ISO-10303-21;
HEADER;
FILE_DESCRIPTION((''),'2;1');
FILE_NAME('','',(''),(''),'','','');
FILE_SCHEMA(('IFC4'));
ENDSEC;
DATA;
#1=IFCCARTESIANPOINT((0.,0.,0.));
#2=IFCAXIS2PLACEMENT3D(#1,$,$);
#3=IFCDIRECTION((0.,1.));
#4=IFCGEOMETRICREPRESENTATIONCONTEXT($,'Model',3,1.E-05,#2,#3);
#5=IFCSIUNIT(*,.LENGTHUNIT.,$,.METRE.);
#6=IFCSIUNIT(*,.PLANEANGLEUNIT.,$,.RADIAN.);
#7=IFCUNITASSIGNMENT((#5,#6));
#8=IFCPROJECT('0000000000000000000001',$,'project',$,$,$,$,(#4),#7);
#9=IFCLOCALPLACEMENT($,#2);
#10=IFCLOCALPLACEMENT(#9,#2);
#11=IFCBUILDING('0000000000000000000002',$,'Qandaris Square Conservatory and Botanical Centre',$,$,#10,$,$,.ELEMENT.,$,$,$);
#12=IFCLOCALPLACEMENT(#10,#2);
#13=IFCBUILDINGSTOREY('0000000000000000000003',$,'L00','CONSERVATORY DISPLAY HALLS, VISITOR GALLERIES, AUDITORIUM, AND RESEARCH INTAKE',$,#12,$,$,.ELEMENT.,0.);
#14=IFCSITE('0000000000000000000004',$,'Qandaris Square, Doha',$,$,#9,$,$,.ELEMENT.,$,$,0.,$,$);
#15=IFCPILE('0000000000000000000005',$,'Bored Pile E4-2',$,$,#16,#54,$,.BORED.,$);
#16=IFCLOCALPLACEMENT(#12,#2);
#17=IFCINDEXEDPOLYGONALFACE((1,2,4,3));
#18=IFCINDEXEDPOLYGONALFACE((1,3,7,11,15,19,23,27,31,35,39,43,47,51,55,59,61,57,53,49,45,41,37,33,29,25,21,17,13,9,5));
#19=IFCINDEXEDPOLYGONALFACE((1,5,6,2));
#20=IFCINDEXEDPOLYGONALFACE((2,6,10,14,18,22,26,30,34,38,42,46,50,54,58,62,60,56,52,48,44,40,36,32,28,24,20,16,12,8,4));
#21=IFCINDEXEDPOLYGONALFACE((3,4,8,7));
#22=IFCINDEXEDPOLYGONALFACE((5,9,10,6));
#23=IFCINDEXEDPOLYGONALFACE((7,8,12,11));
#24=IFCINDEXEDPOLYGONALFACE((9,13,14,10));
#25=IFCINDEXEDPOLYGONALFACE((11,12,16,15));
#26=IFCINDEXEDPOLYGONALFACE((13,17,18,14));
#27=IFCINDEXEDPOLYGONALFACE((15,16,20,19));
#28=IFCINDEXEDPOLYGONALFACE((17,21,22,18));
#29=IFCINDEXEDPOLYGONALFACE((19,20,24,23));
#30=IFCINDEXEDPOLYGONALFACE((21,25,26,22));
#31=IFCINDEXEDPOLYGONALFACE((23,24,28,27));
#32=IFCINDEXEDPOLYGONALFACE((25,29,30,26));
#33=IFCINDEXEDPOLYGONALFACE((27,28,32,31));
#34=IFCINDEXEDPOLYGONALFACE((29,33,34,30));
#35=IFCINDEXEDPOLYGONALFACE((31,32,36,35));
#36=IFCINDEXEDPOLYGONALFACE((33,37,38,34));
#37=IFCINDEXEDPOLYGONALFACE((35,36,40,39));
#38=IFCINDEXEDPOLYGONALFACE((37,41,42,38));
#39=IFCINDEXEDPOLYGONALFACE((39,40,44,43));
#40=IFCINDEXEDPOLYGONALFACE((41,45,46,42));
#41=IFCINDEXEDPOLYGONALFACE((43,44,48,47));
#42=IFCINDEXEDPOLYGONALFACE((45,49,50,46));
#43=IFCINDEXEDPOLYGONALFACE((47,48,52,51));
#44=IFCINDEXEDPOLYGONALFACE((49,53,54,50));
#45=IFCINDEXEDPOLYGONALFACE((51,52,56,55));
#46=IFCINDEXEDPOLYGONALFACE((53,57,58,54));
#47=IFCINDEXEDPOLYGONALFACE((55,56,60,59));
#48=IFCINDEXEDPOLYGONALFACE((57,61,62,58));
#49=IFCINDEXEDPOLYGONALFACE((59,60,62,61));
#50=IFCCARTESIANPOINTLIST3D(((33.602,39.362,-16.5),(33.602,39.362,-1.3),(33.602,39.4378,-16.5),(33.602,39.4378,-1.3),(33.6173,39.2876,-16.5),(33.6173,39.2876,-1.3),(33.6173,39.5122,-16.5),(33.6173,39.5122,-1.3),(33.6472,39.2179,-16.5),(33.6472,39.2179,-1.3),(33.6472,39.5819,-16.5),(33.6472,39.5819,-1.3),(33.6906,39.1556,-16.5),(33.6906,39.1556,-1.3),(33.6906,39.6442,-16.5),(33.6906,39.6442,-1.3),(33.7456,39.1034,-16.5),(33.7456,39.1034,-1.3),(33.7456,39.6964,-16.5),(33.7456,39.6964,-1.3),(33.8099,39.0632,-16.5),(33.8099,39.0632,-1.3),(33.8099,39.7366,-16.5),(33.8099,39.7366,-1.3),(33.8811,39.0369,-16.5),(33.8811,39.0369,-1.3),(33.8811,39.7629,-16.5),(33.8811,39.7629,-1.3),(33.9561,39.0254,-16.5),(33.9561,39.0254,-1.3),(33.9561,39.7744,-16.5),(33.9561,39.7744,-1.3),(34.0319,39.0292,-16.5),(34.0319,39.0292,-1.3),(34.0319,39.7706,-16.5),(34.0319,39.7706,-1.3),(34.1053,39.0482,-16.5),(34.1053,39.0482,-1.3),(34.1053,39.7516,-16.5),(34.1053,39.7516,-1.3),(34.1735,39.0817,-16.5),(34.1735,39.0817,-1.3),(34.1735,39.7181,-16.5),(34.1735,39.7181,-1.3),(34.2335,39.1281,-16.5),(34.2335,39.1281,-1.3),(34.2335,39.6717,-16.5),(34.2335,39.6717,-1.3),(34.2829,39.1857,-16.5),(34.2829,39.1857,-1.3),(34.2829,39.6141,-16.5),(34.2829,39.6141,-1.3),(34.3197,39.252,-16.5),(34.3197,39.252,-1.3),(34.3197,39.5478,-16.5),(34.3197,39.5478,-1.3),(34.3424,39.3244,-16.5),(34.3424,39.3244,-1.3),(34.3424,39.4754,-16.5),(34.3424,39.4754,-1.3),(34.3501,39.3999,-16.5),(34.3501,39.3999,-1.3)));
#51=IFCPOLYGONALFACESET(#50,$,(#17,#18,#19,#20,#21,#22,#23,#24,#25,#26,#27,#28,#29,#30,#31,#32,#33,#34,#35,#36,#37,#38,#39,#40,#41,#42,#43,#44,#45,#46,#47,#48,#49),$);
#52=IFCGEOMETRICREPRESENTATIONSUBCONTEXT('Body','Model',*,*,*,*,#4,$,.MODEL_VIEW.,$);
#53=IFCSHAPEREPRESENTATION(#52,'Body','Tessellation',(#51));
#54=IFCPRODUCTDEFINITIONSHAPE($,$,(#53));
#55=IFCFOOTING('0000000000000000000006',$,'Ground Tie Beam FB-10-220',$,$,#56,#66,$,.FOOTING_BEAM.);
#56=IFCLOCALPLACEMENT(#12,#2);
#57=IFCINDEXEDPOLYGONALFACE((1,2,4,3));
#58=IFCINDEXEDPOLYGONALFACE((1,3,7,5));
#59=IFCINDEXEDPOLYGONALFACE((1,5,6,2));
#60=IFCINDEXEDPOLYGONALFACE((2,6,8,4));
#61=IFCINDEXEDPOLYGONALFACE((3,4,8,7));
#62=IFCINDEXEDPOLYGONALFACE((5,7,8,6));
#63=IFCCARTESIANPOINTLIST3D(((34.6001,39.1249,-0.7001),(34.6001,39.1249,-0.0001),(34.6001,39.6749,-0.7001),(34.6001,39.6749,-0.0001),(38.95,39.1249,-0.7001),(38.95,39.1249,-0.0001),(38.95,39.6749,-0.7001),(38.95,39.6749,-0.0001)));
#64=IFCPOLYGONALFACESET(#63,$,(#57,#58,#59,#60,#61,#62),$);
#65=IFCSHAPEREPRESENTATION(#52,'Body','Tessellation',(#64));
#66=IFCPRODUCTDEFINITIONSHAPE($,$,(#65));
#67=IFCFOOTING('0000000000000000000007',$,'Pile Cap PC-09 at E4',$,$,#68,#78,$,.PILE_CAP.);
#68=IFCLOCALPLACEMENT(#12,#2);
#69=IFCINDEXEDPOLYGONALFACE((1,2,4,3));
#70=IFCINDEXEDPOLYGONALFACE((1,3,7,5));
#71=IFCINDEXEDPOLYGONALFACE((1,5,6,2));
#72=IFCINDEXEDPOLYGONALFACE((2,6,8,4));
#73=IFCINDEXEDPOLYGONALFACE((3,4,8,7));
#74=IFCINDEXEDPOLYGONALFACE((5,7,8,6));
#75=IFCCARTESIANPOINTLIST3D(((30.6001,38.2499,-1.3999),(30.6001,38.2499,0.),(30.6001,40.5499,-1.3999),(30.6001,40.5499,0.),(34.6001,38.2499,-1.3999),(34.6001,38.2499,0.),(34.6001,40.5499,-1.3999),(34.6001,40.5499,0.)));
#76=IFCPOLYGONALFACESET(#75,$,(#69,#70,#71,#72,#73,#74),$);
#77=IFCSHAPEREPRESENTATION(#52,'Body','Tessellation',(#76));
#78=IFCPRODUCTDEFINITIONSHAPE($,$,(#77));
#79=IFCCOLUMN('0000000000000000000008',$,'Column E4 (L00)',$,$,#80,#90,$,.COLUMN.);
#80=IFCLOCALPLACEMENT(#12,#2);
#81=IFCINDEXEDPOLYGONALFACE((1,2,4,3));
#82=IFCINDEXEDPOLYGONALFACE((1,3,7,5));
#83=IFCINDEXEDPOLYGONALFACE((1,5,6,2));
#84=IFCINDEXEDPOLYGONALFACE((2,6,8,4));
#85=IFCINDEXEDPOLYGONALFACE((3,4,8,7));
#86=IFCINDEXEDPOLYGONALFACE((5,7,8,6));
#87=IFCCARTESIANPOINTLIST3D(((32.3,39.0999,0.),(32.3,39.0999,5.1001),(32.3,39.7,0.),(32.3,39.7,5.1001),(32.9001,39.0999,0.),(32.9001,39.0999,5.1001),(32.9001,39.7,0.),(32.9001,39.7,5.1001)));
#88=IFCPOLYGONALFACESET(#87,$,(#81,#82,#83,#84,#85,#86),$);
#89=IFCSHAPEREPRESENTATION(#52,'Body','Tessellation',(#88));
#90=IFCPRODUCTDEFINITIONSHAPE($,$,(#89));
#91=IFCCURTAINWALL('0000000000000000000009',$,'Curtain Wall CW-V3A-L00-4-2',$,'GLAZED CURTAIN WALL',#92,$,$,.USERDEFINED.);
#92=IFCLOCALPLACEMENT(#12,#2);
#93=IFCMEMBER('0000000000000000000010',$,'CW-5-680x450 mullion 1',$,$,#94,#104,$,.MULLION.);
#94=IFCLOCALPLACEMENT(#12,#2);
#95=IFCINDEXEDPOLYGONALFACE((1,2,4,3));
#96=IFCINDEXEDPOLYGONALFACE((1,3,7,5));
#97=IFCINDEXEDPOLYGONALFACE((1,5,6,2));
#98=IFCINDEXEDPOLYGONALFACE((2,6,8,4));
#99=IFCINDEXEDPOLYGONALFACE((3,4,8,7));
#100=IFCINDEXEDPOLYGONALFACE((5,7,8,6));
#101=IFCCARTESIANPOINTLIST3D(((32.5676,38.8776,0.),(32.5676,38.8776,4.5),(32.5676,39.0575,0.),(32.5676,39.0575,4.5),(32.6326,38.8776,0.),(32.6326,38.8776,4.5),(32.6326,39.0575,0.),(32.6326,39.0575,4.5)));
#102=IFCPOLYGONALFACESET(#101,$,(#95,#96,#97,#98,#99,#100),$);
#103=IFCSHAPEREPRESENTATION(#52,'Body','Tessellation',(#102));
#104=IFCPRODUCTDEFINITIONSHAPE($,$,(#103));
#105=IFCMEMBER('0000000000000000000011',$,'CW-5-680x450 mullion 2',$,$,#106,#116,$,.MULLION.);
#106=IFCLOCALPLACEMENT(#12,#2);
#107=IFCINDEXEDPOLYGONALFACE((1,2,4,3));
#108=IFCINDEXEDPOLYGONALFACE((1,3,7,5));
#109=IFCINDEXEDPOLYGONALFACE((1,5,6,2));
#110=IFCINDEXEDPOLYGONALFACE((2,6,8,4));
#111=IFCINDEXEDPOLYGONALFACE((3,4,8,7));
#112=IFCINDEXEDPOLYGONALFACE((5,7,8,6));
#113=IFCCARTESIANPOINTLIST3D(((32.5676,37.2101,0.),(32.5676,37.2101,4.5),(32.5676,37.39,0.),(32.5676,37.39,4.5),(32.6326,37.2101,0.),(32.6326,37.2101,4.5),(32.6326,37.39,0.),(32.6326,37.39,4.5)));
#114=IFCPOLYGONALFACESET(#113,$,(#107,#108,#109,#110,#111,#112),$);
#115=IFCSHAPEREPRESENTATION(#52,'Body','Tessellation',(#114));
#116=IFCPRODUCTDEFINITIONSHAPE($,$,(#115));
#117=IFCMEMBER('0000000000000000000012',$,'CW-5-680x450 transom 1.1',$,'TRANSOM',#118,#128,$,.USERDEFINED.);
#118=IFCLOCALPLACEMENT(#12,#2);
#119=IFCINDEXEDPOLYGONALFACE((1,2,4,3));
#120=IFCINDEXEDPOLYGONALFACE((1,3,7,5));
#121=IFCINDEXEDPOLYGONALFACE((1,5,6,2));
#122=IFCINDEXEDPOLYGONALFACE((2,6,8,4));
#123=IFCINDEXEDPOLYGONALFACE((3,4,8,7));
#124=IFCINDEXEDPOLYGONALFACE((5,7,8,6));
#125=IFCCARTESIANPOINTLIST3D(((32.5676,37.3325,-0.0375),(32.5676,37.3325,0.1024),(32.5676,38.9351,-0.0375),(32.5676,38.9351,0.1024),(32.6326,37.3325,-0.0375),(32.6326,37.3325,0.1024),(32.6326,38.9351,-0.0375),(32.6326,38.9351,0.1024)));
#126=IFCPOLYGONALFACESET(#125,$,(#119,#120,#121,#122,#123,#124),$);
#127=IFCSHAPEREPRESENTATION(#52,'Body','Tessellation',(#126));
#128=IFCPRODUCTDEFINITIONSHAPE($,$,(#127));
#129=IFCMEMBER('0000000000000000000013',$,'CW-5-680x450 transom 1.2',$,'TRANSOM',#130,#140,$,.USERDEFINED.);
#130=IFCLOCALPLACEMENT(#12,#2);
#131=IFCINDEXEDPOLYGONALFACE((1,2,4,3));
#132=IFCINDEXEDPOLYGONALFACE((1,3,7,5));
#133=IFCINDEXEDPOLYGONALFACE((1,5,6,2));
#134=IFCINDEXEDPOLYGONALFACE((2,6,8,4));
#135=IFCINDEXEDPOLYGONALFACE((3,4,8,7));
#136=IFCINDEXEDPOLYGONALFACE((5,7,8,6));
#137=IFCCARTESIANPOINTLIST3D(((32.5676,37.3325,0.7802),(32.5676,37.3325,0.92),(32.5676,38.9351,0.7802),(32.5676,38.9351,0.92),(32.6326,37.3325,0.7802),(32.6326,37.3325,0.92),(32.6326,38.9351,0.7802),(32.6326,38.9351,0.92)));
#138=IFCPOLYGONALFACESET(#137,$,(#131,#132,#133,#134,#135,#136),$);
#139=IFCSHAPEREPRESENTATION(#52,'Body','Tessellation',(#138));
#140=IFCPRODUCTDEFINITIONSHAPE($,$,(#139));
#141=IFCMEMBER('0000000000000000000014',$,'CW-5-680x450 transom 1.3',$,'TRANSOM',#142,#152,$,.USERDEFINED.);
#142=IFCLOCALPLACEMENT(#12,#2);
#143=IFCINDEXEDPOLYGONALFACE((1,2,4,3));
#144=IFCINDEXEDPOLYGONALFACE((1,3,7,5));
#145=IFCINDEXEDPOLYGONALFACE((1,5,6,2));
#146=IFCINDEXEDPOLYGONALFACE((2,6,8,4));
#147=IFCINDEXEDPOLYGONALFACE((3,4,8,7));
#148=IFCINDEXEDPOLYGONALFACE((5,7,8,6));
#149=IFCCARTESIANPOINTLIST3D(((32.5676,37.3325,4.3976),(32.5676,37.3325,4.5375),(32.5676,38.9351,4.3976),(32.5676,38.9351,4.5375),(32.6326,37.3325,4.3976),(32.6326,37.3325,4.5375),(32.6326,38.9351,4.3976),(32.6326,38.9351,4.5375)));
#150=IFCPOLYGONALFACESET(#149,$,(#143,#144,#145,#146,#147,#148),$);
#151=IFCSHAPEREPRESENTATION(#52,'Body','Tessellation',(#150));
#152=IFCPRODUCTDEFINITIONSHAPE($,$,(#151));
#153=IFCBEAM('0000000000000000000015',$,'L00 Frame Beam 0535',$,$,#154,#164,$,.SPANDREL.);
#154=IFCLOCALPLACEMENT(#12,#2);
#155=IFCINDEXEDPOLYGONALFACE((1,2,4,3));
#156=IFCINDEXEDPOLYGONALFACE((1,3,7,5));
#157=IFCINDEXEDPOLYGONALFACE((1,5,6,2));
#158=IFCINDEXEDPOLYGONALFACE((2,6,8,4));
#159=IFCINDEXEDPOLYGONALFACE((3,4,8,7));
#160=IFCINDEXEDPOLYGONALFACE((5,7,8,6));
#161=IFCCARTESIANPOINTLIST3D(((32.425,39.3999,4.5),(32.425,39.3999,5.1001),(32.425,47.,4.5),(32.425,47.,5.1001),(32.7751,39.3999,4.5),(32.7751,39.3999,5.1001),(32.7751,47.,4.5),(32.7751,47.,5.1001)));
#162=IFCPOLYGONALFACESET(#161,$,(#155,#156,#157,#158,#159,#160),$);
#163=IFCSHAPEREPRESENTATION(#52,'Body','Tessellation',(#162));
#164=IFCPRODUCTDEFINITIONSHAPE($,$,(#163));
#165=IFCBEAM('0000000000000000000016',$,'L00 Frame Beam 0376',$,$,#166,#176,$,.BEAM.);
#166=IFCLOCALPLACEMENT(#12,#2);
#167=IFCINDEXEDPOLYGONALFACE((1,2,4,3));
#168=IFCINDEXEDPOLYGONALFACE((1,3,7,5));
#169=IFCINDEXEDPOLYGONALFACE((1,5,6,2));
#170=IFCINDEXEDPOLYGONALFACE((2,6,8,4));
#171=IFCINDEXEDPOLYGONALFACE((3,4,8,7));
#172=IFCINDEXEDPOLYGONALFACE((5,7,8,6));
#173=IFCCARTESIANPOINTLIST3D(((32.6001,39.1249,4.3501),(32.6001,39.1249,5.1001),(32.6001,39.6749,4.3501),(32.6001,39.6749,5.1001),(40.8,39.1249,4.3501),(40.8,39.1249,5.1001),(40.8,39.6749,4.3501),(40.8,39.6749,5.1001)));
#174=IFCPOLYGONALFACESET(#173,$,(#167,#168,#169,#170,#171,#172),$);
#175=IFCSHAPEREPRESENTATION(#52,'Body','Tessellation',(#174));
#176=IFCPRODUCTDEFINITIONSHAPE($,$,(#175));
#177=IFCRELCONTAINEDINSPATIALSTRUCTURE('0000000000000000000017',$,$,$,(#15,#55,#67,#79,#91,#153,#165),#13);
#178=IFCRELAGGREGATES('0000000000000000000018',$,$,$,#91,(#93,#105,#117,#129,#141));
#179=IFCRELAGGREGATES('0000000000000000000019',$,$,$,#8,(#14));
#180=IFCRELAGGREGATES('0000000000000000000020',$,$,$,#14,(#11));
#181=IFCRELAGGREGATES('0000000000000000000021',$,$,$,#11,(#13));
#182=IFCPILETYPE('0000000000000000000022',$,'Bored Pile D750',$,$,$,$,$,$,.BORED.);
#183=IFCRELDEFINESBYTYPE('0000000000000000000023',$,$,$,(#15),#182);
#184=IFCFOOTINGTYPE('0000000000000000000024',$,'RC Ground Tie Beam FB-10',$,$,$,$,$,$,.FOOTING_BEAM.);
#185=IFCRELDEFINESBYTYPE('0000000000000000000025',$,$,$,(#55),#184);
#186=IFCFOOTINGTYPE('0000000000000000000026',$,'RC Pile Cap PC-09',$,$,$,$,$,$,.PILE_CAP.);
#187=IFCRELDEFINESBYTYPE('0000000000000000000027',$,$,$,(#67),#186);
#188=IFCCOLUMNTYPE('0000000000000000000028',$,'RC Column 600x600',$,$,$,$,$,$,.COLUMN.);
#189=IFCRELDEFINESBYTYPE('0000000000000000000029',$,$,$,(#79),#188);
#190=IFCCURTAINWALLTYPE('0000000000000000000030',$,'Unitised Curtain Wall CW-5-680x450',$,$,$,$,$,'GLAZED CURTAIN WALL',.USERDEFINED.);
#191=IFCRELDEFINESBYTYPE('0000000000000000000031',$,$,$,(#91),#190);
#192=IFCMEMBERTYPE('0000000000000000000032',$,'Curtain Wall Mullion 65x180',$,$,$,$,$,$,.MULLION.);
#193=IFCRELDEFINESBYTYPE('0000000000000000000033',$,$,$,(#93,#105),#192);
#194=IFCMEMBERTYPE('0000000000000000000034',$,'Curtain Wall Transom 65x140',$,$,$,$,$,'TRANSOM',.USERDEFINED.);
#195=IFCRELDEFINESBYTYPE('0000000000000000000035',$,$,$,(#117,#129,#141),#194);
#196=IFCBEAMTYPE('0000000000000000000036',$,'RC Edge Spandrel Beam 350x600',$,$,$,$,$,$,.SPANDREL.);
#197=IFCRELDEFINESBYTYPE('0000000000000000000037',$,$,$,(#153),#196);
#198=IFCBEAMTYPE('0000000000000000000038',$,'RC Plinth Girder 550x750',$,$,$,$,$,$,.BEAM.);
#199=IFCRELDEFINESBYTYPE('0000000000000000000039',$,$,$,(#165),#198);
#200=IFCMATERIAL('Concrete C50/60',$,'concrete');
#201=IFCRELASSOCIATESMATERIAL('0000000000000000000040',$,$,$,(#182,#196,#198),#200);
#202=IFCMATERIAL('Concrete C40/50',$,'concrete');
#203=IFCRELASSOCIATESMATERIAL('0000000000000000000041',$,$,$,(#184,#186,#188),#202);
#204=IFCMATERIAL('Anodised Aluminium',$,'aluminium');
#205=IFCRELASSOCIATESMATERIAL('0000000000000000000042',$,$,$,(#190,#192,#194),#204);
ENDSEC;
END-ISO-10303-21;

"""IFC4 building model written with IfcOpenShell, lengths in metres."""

from ifc_helpers import new_model, si_unit, direction, frame, origin, origin_2d, place, context, subcontext, project, spatial, rectangle, circle, extrude, material, material_profile, profile_set, type_object, element, aggregate, save


model = new_model("IFC4")

# Units and contexts
model_context = context("Model", 3, precision=1e-05, world=origin(), true_north=direction((0.0, 1.0)))
body_context = subcontext(model_context, "Body", "Model", "MODEL_VIEW")
ifc_project = project(units=[si_unit("LENGTHUNIT", "METRE"), si_unit("PLANEANGLEUNIT", "RADIAN")], contexts=[model_context])

# Site, building, storey
site_placement = place(None, origin())
site = spatial("IfcSite", under=ifc_project, at=site_placement, Name="Qandaris Square, Doha", CompositionType="ELEMENT", RefElevation=0.0)
building_placement = place(site_placement, origin())
building = spatial("IfcBuilding", under=site, at=building_placement, Name="Qandaris Square Conservatory and Botanical Centre", CompositionType="ELEMENT")
storey_placement = place(building_placement, origin())
storey = spatial("IfcBuildingStorey", under=building, at=storey_placement, Name="L00", Description="CONSERVATORY DISPLAY HALLS, VISITOR GALLERIES, AUDITORIUM, AND RESEARCH INTAKE", CompositionType="ELEMENT", Elevation=0.0)

# Pile
ifc_material_1 = material(Name="Concrete C50/60", Category="concrete")
ifc_material_profile_1 = material_profile(ifc_material_1, circle(Radius=0.375, at=origin_2d()), Name="PILE D750")
ifc_profile_set_1 = profile_set([ifc_material_profile_1], Name="Concrete C50/60")
pile_type = type_object("IfcPileType", Name="Bored Pile D750", PredefinedType="BORED", material=ifc_profile_set_1)
pile_placement = place(storey_placement, frame((33.9751, 39.3999, -1.3), z_axis=(0.0, 0.0, -1.0), x_axis=(1.0, 0.0, 0.0)))
element("IfcPile", 1, at=pile_placement, inside=storey, type_object=pile_type, Name="Bored Pile E4-2", PredefinedType="BORED", context=body_context, shape_type="SweptSolid", body=[
    extrude(circle(Radius=0.375, at=origin_2d()), origin(), (0.0, 0.0, 1.0), 15.2),
])

# Footings
ifc_material_2 = material(Name="Concrete C40/50", Category="concrete")
ifc_material_profile_2 = material_profile(ifc_material_2, rectangle(XDim=0.55, YDim=0.7, at=origin_2d()), Name="FB 550x700")
ifc_profile_set_2 = profile_set([ifc_material_profile_2], Name="Concrete C40/50")
footing_type_1 = type_object("IfcFootingType", Name="RC Ground Tie Beam FB-10", PredefinedType="FOOTING_BEAM", material=ifc_profile_set_2)
footing_1_placement = place(storey_placement, frame((34.6001, 39.3999, -0.3501), z_axis=(1.0, 0.0, 0.0), x_axis=(0.0, 1.0, 0.0)))
element("IfcFooting", 2, at=footing_1_placement, inside=storey, type_object=footing_type_1, Name="Ground Tie Beam FB-10-220", PredefinedType="FOOTING_BEAM", context=body_context, shape_type="SweptSolid", body=[
    extrude(rectangle(XDim=0.55, YDim=0.7, at=origin_2d()), origin(), (0.0, 0.0, 1.0), 4.3499),
])
footing_type_2 = type_object("IfcFootingType", Name="RC Pile Cap PC-09", PredefinedType="PILE_CAP", material=ifc_material_2)
footing_2_placement = place(storey_placement, frame((32.6001, 39.3999, -1.3999), z_axis=(0.0, 0.0, 1.0), x_axis=(1.0, 0.0, 0.0)))
element("IfcFooting", 3, at=footing_2_placement, inside=storey, type_object=footing_type_2, Name="Pile Cap PC-09 at E4", PredefinedType="PILE_CAP", context=body_context, shape_type="SweptSolid", body=[
    extrude(rectangle(XDim=4.0, YDim=2.3, at=origin_2d()), origin(), (0.0, 0.0, 1.0), 1.3999),
])

# Column
ifc_material_profile_3 = material_profile(ifc_material_2, rectangle(XDim=0.6001, YDim=0.6001, at=origin_2d()), Name="RC-COL 600x600")
ifc_profile_set_3 = profile_set([ifc_material_profile_3], Name="Concrete C40/50")
column_type = type_object("IfcColumnType", Name="RC Column 600x600", PredefinedType="COLUMN", material=ifc_profile_set_3)
column_placement = place(storey_placement, frame((32.6001, 39.3999, 0.0), z_axis=(0.0, 0.0, 1.0), x_axis=(1.0, 0.0, 0.0)))
element("IfcColumn", 4, at=column_placement, inside=storey, type_object=column_type, Name="Column E4 (L00)", PredefinedType="COLUMN", context=body_context, shape_type="SweptSolid", body=[
    extrude(rectangle(XDim=0.6001, YDim=0.6001, at=origin_2d()), origin(), (0.0, 0.0, 1.0), 5.1001),
])

# Curtain wall, members
ifc_material_3 = material(Name="Anodised Aluminium", Category="aluminium")
curtain_wall_type = type_object("IfcCurtainWallType", Name="Unitised Curtain Wall CW-5-680x450", ElementType="GLAZED CURTAIN WALL", PredefinedType="USERDEFINED", material=ifc_material_3)
curtain_wall_placement = place(storey_placement, origin())
curtain_wall = element("IfcCurtainWall", 5, at=curtain_wall_placement, inside=storey, type_object=curtain_wall_type, Name="Curtain Wall CW-V3A-L00-4-2", ObjectType="GLAZED CURTAIN WALL", PredefinedType="USERDEFINED")
ifc_material_profile_4 = material_profile(ifc_material_3, rectangle(XDim=0.0649, YDim=0.1799, at=origin_2d()), Name="ALU-MUL 65x180")
ifc_profile_set_4 = profile_set([ifc_material_profile_4], Name="Anodised Aluminium")
member_type_1 = type_object("IfcMemberType", Name="Curtain Wall Mullion 65x180", PredefinedType="MULLION", material=ifc_profile_set_4)
member_1_placement = place(storey_placement, frame((32.6001, 38.9675, 0.0), z_axis=(0.0, 0.0, 1.0), x_axis=(1.0, 0.0, 0.0)))
member_1 = element("IfcMember", 6, at=member_1_placement, type_object=member_type_1, Name="CW-5-680x450 mullion 1", PredefinedType="MULLION", context=body_context, shape_type="SweptSolid", body=[
    extrude(rectangle(XDim=0.0649, YDim=0.1799, at=origin_2d()), origin(), (0.0, 0.0, 1.0), 4.5),
])
member_2_placement = place(storey_placement, frame((32.6001, 37.3, 0.0), z_axis=(0.0, 0.0, 1.0), x_axis=(1.0, 0.0, 0.0)))
member_2 = element("IfcMember", 7, at=member_2_placement, type_object=member_type_1, Name="CW-5-680x450 mullion 2", PredefinedType="MULLION", context=body_context, shape_type="SweptSolid", body=[
    extrude(rectangle(XDim=0.0649, YDim=0.1799, at=origin_2d()), origin(), (0.0, 0.0, 1.0), 4.5),
])
ifc_material_profile_5 = material_profile(ifc_material_3, rectangle(XDim=0.0649, YDim=0.1399, at=origin_2d()), Name="ALU-TRN 65x140")
ifc_profile_set_5 = profile_set([ifc_material_profile_5], Name="Anodised Aluminium")
member_type_2 = type_object("IfcMemberType", Name="Curtain Wall Transom 65x140", ElementType="TRANSOM", PredefinedType="USERDEFINED", material=ifc_profile_set_5)
member_3_placement = place(storey_placement, frame((32.6001, 38.9351, 0.0325), z_axis=(0.0, -1.0, 0.0), x_axis=(1.0, 0.0, 0.0)))
member_3 = element("IfcMember", 8, at=member_3_placement, type_object=member_type_2, Name="CW-5-680x450 transom 1.1", ObjectType="TRANSOM", PredefinedType="USERDEFINED", context=body_context, shape_type="SweptSolid", body=[
    extrude(rectangle(XDim=0.0649, YDim=0.1399, at=origin_2d()), origin(), (0.0, 0.0, 1.0), 1.6025),
])
member_4_placement = place(storey_placement, frame((32.6001, 38.9351, 0.8501), z_axis=(0.0, -1.0, 0.0), x_axis=(1.0, 0.0, 0.0)))
member_4 = element("IfcMember", 9, at=member_4_placement, type_object=member_type_2, Name="CW-5-680x450 transom 1.2", ObjectType="TRANSOM", PredefinedType="USERDEFINED", context=body_context, shape_type="SweptSolid", body=[
    extrude(rectangle(XDim=0.0649, YDim=0.1399, at=origin_2d()), origin(), (0.0, 0.0, 1.0), 1.6025),
])
member_5_placement = place(storey_placement, frame((32.6001, 38.9351, 4.4675), z_axis=(0.0, -1.0, 0.0), x_axis=(1.0, 0.0, 0.0)))
member_5 = element("IfcMember", 10, at=member_5_placement, type_object=member_type_2, Name="CW-5-680x450 transom 1.3", ObjectType="TRANSOM", PredefinedType="USERDEFINED", context=body_context, shape_type="SweptSolid", body=[
    extrude(rectangle(XDim=0.0649, YDim=0.1399, at=origin_2d()), origin(), (0.0, 0.0, 1.0), 1.6025),
])

# Beams
ifc_material_profile_6 = material_profile(ifc_material_1, rectangle(XDim=0.3501, YDim=0.6001, at=origin_2d()), Name="RC-SP 350x600")
ifc_profile_set_6 = profile_set([ifc_material_profile_6], Name="Concrete C50/60")
beam_type_1 = type_object("IfcBeamType", Name="RC Edge Spandrel Beam 350x600", PredefinedType="SPANDREL", material=ifc_profile_set_6)
beam_1_placement = place(storey_placement, frame((32.6001, 39.3999, 4.8), z_axis=(0.0, 1.0, 0.0), x_axis=(-1.0, 0.0, 0.0)))
element("IfcBeam", 11, at=beam_1_placement, inside=storey, type_object=beam_type_1, Name="L00 Frame Beam 0535", PredefinedType="SPANDREL", context=body_context, shape_type="SweptSolid", body=[
    extrude(rectangle(XDim=0.3501, YDim=0.6001, at=origin_2d()), origin(), (0.0, 0.0, 1.0), 7.6001),
])
ifc_material_profile_7 = material_profile(ifc_material_1, rectangle(XDim=0.55, YDim=0.75, at=origin_2d()), Name="RC-BM 550x750")
ifc_profile_set_7 = profile_set([ifc_material_profile_7], Name="Concrete C50/60")
beam_type_2 = type_object("IfcBeamType", Name="RC Plinth Girder 550x750", PredefinedType="BEAM", material=ifc_profile_set_7)
beam_2_placement = place(storey_placement, frame((32.6001, 39.3999, 4.7251), z_axis=(1.0, 0.0, 0.0), x_axis=(0.0, 1.0, 0.0)))
element("IfcBeam", 12, at=beam_2_placement, inside=storey, type_object=beam_type_2, Name="L00 Frame Beam 0376", PredefinedType="BEAM", context=body_context, shape_type="SweptSolid", body=[
    extrude(rectangle(XDim=0.55, YDim=0.75, at=origin_2d()), origin(), (0.0, 0.0, 1.0), 8.2),
])

aggregate(curtain_wall, [member_1, member_2, member_3, member_4, member_5])

save(model, "model.ifc")
